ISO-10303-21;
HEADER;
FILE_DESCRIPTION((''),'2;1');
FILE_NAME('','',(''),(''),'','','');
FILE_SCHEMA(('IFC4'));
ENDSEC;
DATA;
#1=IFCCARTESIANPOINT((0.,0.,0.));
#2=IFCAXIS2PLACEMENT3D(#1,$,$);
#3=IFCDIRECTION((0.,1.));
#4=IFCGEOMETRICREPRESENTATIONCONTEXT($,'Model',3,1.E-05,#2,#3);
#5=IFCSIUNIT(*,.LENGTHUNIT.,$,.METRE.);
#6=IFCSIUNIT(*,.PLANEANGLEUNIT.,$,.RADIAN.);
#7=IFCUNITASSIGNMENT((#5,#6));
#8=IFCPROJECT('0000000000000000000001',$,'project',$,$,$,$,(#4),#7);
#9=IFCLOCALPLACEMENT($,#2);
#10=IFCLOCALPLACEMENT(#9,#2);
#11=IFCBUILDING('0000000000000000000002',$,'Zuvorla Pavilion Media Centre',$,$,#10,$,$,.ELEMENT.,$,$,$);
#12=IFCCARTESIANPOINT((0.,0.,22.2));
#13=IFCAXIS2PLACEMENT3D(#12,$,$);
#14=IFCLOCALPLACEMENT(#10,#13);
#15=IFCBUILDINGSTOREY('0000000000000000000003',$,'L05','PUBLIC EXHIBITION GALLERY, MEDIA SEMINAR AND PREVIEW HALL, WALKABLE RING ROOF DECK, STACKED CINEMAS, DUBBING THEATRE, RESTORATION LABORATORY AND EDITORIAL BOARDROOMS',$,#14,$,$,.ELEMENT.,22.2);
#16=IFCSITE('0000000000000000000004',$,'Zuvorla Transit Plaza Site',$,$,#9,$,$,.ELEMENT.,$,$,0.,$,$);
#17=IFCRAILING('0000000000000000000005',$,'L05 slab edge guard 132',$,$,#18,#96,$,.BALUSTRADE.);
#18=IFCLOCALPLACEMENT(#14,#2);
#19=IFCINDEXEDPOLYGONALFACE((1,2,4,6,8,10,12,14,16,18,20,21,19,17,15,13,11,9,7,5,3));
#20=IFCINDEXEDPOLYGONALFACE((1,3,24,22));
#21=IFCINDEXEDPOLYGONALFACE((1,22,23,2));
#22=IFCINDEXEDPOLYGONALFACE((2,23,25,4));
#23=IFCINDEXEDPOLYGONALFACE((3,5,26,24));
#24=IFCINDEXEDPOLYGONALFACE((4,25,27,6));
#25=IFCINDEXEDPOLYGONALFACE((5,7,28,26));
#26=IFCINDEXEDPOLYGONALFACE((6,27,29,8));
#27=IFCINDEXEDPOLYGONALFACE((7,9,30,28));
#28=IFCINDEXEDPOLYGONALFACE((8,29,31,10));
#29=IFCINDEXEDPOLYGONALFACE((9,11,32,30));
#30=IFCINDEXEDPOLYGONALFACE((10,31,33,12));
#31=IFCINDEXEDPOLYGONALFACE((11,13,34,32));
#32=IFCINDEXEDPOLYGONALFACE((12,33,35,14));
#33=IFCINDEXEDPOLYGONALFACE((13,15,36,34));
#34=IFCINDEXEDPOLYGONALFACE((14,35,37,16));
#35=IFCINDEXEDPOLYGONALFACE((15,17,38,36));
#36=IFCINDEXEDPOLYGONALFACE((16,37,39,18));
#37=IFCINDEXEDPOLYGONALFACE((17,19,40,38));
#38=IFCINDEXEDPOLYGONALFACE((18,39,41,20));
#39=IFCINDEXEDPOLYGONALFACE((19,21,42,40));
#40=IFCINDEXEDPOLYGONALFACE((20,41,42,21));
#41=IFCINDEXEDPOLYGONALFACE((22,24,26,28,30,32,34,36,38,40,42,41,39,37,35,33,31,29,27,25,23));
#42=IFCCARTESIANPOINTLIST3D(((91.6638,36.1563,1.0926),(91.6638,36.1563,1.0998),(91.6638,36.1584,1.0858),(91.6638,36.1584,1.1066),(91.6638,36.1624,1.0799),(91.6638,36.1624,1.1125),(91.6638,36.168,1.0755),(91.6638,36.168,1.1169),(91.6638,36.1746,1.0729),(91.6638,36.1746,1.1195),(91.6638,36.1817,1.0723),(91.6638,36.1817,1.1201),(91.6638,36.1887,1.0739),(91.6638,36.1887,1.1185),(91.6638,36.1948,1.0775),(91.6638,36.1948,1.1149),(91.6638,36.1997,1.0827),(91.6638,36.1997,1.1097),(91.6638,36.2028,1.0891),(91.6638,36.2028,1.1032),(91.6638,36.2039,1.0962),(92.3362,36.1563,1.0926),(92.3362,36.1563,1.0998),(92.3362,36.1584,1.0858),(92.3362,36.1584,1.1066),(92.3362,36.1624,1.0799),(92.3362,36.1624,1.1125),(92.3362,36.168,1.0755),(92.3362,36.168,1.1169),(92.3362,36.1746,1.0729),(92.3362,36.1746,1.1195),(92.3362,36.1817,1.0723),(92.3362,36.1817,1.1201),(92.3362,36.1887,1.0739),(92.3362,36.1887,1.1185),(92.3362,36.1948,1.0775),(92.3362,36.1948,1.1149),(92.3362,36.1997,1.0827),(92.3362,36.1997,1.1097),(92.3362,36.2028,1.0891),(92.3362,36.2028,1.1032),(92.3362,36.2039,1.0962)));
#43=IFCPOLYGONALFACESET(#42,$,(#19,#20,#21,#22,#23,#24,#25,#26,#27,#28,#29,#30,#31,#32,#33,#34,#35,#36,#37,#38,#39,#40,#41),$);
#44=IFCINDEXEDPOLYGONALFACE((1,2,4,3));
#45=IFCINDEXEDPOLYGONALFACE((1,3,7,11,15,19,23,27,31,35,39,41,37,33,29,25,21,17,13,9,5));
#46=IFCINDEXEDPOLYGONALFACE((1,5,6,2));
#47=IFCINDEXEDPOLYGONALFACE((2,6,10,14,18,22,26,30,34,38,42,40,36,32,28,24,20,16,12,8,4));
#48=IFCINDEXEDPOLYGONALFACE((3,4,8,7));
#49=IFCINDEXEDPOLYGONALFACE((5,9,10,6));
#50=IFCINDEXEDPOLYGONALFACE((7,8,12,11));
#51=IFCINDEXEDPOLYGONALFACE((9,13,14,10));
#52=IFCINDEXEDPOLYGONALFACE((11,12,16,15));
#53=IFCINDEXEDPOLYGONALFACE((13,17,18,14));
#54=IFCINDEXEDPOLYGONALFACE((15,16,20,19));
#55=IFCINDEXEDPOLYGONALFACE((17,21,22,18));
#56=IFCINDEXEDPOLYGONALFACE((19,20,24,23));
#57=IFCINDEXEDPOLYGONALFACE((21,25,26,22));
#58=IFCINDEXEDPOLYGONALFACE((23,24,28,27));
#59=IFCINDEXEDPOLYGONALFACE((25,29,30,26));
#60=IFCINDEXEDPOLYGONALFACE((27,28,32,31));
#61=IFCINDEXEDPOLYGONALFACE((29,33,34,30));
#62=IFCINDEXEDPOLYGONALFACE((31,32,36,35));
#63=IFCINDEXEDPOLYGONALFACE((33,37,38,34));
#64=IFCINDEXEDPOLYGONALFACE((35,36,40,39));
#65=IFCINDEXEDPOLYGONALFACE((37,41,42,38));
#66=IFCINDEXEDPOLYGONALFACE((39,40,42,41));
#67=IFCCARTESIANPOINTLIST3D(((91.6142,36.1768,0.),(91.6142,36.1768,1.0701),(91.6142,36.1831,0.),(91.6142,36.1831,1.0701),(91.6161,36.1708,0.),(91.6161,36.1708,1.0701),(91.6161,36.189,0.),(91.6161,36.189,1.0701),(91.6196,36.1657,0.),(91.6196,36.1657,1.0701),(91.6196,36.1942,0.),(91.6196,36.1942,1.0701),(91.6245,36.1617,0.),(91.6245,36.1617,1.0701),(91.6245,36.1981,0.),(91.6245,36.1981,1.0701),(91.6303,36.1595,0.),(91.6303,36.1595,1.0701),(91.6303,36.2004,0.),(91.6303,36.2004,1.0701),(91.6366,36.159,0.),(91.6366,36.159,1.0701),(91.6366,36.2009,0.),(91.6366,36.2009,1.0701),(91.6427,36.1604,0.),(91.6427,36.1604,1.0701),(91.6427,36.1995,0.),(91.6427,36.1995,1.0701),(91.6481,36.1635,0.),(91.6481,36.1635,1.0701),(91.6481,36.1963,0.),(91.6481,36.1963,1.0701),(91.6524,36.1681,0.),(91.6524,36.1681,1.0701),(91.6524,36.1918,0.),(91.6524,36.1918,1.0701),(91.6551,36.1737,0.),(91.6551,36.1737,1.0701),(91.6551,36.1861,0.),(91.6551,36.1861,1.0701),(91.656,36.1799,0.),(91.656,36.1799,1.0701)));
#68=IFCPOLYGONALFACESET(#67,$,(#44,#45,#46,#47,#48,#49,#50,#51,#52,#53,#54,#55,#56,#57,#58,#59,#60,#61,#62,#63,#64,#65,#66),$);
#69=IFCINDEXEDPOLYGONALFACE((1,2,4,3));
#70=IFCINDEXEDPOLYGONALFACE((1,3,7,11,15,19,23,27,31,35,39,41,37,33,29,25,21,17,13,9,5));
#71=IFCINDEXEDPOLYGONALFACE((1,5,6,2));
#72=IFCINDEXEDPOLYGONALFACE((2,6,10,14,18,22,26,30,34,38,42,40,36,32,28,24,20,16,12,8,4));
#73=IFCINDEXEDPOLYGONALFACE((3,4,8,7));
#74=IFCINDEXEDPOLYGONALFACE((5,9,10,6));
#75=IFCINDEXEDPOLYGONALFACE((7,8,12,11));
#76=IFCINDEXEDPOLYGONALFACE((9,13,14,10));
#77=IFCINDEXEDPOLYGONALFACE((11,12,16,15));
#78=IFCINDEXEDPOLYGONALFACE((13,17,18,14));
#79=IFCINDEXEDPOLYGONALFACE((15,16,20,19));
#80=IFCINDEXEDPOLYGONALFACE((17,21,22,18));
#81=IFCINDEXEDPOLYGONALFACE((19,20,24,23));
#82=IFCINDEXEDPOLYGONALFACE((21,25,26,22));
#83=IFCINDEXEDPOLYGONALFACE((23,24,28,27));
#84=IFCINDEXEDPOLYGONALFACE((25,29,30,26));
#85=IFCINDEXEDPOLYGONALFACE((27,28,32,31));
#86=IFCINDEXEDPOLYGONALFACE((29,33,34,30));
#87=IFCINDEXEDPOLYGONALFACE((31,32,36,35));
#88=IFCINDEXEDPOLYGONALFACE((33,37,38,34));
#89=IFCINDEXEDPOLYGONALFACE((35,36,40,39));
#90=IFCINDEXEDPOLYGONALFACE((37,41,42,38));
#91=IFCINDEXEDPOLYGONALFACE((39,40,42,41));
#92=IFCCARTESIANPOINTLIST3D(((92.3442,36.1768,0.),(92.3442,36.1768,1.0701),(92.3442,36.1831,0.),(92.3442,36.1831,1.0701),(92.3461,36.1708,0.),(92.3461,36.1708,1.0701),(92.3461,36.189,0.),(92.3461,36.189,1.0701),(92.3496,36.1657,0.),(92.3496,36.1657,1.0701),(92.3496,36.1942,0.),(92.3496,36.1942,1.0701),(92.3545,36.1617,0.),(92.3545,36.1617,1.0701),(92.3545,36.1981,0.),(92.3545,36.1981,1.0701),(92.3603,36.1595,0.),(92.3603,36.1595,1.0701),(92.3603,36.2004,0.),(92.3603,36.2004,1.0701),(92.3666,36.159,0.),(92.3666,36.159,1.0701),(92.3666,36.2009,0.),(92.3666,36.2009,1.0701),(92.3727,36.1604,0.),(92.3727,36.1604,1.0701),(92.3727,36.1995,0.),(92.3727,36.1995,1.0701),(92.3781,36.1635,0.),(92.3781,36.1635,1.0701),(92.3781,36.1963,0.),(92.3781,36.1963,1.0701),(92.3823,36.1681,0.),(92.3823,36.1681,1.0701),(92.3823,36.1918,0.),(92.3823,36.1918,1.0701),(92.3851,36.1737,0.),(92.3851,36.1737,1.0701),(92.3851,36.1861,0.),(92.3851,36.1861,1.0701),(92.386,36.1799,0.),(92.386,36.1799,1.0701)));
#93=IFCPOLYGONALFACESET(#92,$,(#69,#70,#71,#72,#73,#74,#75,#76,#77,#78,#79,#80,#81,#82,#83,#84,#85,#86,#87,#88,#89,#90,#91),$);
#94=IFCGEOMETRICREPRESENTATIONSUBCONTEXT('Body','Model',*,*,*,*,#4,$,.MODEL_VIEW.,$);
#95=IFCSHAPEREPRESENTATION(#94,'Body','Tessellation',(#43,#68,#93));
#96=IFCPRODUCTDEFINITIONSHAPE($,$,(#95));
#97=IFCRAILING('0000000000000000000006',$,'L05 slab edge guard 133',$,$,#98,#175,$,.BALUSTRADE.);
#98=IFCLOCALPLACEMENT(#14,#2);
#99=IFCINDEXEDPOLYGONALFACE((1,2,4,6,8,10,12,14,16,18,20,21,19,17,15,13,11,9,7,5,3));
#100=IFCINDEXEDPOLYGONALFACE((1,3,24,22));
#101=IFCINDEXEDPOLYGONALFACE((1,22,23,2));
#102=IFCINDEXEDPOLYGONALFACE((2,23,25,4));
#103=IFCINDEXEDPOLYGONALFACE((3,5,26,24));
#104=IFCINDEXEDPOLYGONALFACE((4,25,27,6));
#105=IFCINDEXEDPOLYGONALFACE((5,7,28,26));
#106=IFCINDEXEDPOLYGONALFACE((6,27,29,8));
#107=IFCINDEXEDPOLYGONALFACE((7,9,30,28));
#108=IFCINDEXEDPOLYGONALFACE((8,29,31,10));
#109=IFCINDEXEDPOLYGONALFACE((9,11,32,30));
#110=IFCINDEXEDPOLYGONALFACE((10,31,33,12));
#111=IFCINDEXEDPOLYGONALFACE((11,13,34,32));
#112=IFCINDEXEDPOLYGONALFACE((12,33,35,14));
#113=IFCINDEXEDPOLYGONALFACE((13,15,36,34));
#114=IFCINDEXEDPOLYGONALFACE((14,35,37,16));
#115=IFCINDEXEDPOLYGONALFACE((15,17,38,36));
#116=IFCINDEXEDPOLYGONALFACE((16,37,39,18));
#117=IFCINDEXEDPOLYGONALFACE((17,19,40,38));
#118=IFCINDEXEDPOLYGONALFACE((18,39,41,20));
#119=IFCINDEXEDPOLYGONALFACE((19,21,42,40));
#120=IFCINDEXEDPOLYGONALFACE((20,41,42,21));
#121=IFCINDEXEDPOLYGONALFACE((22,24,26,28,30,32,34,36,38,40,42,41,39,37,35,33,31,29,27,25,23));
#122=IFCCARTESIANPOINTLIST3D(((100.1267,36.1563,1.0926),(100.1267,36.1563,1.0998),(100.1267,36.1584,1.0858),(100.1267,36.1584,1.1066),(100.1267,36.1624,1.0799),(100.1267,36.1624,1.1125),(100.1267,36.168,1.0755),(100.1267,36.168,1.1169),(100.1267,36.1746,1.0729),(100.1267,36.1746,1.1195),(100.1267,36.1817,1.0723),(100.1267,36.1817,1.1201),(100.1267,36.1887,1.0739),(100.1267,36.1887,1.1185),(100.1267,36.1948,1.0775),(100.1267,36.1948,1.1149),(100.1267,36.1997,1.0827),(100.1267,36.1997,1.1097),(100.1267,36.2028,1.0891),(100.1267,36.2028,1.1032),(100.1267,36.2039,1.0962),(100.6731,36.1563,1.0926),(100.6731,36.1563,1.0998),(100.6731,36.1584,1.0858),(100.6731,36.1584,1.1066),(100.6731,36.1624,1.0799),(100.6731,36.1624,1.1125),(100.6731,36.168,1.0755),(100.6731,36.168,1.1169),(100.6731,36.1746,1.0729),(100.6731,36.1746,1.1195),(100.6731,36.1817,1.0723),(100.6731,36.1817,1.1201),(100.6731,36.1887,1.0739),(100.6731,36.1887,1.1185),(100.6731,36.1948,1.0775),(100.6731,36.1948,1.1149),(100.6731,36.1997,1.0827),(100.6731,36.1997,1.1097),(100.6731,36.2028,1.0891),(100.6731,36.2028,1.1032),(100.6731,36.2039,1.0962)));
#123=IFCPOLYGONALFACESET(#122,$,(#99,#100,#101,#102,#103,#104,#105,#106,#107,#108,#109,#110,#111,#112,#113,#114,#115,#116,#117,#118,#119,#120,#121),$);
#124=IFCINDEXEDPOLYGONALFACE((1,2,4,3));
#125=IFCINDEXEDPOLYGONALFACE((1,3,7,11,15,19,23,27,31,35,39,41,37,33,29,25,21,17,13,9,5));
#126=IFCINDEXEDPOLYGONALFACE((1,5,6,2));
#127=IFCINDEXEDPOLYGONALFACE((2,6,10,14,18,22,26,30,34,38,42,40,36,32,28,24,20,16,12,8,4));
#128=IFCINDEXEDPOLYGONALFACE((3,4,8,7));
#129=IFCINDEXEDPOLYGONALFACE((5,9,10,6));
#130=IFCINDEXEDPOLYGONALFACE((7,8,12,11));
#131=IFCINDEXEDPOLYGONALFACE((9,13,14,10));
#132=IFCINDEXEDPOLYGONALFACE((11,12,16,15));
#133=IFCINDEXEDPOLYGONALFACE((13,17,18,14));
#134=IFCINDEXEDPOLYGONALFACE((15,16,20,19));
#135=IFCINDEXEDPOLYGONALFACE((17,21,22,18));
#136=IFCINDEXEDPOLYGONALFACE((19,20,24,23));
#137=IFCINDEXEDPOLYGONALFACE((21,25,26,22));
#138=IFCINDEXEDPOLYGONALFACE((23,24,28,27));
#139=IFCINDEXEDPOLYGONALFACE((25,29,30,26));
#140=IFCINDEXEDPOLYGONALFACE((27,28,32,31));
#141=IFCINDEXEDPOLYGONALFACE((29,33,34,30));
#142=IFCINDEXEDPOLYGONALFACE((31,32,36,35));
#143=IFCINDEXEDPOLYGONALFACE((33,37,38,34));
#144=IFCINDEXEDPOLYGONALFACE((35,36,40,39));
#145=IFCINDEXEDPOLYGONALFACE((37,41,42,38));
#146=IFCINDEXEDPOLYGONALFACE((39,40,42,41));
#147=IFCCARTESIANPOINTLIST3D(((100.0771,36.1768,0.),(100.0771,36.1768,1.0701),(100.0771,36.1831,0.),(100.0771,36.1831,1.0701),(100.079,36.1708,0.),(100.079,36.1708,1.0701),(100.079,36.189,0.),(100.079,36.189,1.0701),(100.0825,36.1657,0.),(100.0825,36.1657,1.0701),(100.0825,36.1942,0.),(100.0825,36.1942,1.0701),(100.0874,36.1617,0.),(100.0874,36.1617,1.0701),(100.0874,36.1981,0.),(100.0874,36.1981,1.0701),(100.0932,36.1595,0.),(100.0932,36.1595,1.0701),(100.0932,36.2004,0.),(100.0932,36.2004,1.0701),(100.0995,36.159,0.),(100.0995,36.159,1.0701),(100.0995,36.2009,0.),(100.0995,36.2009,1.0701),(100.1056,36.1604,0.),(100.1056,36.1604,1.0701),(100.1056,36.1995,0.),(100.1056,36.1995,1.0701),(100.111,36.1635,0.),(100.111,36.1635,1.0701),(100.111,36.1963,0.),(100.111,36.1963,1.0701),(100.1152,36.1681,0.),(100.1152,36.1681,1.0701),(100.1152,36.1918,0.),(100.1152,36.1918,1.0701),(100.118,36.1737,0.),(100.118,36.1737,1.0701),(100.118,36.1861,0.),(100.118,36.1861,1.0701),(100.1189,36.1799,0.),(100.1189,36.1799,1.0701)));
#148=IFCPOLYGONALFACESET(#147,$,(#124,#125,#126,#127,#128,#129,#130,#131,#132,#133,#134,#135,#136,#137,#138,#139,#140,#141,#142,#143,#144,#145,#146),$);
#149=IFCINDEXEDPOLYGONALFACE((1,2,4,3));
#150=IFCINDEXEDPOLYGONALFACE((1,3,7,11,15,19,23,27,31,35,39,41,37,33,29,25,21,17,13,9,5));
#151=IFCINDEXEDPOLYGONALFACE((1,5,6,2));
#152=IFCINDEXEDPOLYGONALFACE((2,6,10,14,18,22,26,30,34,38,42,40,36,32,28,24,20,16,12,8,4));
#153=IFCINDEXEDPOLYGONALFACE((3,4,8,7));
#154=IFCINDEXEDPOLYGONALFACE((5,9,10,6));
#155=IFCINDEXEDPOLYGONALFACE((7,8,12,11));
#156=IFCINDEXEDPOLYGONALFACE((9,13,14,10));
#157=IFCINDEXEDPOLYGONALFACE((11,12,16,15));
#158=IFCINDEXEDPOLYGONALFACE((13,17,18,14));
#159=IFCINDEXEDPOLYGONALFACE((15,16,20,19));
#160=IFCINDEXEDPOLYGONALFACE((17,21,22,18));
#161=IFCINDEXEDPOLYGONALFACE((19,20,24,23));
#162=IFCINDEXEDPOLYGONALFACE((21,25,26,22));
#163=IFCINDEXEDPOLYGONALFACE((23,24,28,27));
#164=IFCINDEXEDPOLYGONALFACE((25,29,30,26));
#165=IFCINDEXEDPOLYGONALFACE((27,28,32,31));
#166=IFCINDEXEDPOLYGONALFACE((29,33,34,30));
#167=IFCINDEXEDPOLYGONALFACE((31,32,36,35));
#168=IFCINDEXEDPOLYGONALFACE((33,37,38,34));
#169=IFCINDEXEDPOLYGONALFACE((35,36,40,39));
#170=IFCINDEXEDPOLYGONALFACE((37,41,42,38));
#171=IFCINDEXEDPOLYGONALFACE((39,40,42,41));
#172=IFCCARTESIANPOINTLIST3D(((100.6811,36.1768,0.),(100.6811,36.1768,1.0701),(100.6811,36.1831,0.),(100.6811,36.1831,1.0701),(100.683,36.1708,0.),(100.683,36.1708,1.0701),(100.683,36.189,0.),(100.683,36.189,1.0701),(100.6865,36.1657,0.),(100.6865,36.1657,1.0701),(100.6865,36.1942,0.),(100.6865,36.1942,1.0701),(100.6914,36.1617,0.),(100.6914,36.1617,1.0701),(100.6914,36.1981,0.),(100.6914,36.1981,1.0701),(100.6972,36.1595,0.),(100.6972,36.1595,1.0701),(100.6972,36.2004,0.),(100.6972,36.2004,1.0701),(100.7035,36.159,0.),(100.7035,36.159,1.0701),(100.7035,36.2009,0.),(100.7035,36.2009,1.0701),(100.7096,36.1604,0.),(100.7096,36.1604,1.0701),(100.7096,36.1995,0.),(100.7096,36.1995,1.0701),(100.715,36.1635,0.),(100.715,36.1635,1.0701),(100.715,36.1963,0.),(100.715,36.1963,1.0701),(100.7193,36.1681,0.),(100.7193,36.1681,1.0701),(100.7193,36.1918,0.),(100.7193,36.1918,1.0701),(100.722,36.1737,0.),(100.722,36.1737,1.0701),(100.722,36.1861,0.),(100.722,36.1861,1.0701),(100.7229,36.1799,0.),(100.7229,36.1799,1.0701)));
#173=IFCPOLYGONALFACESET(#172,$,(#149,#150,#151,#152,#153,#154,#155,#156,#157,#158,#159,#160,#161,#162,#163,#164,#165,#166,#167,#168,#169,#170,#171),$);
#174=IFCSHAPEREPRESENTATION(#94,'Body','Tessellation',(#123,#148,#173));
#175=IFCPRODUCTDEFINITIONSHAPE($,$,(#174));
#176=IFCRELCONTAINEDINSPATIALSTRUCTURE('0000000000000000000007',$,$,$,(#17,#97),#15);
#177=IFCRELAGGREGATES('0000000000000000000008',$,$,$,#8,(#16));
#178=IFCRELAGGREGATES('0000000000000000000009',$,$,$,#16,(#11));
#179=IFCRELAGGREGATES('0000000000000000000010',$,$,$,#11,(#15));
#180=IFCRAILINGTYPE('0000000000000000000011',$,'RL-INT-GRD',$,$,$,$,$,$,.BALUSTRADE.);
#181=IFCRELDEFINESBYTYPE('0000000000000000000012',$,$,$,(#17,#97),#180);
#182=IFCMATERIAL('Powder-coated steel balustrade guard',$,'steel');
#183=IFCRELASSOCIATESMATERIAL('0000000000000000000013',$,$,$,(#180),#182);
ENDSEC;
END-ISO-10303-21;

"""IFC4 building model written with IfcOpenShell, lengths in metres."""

from ifc_helpers import new_model, si_unit, direction, frame, origin, origin_2d, place, context, subcontext, project, spatial, circle, extrude, material, type_object, element, save


model = new_model("IFC4")

# Units and contexts
model_context = context("Model", 3, precision=1e-05, world=origin(), true_north=direction((0.0, 1.0)))
body_context = subcontext(model_context, "Body", "Model", "MODEL_VIEW")
ifc_project = project(units=[si_unit("LENGTHUNIT", "METRE"), si_unit("PLANEANGLEUNIT", "RADIAN")], contexts=[model_context])

# Site, building, storey
site_placement = place(None, origin())
site = spatial("IfcSite", under=ifc_project, at=site_placement, Name="Zuvorla Transit Plaza Site", CompositionType="ELEMENT", RefElevation=0.0)
building_placement = place(site_placement, origin())
building = spatial("IfcBuilding", under=site, at=building_placement, Name="Zuvorla Pavilion Media Centre", CompositionType="ELEMENT")
storey_placement = place(building_placement, frame((0.0, 0.0, 22.2)))
storey = spatial("IfcBuildingStorey", under=building, at=storey_placement, Name="L05", Description="PUBLIC EXHIBITION GALLERY, MEDIA SEMINAR AND PREVIEW HALL, WALKABLE RING ROOF DECK, STACKED CINEMAS, DUBBING THEATRE, RESTORATION LABORATORY AND EDITORIAL BOARDROOMS", CompositionType="ELEMENT", Elevation=22.2)

# Railings
ifc_material_1 = material(Name="Powder-coated steel balustrade guard", Category="steel")
railing_type = type_object("IfcRailingType", Name="RL-INT-GRD", PredefinedType="BALUSTRADE", material=ifc_material_1)
railing_1_placement = place(storey_placement, frame((91.635, 36.1799, 0.0)))
element("IfcRailing", 1, at=railing_1_placement, inside=storey, type_object=railing_type, Name="L05 slab edge guard 132", PredefinedType="BALUSTRADE", context=body_context, shape_type="SweptSolid", body=[
    extrude(circle(Radius=0.0239, at=origin_2d()), frame((0.0288, 0.0, 1.0962), z_axis=(1.0, 0.0, 0.0), x_axis=(0.0, 1.0, 0.0)), (0.0, 0.0, 1.0), 0.6724),
    extrude(circle(Radius=0.021, at=origin_2d()), origin(), (0.0, 0.0, 1.0), 1.0701),
    extrude(circle(Radius=0.021, at=origin_2d()), frame((0.73, 0.0, 0.0)), (0.0, 0.0, 1.0), 1.0701),
])
railing_2_placement = place(storey_placement, frame((100.0979, 36.1799, 0.0)))
element("IfcRailing", 2, at=railing_2_placement, inside=storey, type_object=railing_type, Name="L05 slab edge guard 133", PredefinedType="BALUSTRADE", context=body_context, shape_type="SweptSolid", body=[
    extrude(circle(Radius=0.0239, at=origin_2d()), frame((0.0288, 0.0, 1.0962), z_axis=(1.0, 0.0, 0.0), x_axis=(0.0, 1.0, 0.0)), (0.0, 0.0, 1.0), 0.5464),
    extrude(circle(Radius=0.021, at=origin_2d()), origin(), (0.0, 0.0, 1.0), 1.0701),
    extrude(circle(Radius=0.021, at=origin_2d()), frame((0.604, 0.0, 0.0)), (0.0, 0.0, 1.0), 1.0701),
])

save(model, "model.ifc")
